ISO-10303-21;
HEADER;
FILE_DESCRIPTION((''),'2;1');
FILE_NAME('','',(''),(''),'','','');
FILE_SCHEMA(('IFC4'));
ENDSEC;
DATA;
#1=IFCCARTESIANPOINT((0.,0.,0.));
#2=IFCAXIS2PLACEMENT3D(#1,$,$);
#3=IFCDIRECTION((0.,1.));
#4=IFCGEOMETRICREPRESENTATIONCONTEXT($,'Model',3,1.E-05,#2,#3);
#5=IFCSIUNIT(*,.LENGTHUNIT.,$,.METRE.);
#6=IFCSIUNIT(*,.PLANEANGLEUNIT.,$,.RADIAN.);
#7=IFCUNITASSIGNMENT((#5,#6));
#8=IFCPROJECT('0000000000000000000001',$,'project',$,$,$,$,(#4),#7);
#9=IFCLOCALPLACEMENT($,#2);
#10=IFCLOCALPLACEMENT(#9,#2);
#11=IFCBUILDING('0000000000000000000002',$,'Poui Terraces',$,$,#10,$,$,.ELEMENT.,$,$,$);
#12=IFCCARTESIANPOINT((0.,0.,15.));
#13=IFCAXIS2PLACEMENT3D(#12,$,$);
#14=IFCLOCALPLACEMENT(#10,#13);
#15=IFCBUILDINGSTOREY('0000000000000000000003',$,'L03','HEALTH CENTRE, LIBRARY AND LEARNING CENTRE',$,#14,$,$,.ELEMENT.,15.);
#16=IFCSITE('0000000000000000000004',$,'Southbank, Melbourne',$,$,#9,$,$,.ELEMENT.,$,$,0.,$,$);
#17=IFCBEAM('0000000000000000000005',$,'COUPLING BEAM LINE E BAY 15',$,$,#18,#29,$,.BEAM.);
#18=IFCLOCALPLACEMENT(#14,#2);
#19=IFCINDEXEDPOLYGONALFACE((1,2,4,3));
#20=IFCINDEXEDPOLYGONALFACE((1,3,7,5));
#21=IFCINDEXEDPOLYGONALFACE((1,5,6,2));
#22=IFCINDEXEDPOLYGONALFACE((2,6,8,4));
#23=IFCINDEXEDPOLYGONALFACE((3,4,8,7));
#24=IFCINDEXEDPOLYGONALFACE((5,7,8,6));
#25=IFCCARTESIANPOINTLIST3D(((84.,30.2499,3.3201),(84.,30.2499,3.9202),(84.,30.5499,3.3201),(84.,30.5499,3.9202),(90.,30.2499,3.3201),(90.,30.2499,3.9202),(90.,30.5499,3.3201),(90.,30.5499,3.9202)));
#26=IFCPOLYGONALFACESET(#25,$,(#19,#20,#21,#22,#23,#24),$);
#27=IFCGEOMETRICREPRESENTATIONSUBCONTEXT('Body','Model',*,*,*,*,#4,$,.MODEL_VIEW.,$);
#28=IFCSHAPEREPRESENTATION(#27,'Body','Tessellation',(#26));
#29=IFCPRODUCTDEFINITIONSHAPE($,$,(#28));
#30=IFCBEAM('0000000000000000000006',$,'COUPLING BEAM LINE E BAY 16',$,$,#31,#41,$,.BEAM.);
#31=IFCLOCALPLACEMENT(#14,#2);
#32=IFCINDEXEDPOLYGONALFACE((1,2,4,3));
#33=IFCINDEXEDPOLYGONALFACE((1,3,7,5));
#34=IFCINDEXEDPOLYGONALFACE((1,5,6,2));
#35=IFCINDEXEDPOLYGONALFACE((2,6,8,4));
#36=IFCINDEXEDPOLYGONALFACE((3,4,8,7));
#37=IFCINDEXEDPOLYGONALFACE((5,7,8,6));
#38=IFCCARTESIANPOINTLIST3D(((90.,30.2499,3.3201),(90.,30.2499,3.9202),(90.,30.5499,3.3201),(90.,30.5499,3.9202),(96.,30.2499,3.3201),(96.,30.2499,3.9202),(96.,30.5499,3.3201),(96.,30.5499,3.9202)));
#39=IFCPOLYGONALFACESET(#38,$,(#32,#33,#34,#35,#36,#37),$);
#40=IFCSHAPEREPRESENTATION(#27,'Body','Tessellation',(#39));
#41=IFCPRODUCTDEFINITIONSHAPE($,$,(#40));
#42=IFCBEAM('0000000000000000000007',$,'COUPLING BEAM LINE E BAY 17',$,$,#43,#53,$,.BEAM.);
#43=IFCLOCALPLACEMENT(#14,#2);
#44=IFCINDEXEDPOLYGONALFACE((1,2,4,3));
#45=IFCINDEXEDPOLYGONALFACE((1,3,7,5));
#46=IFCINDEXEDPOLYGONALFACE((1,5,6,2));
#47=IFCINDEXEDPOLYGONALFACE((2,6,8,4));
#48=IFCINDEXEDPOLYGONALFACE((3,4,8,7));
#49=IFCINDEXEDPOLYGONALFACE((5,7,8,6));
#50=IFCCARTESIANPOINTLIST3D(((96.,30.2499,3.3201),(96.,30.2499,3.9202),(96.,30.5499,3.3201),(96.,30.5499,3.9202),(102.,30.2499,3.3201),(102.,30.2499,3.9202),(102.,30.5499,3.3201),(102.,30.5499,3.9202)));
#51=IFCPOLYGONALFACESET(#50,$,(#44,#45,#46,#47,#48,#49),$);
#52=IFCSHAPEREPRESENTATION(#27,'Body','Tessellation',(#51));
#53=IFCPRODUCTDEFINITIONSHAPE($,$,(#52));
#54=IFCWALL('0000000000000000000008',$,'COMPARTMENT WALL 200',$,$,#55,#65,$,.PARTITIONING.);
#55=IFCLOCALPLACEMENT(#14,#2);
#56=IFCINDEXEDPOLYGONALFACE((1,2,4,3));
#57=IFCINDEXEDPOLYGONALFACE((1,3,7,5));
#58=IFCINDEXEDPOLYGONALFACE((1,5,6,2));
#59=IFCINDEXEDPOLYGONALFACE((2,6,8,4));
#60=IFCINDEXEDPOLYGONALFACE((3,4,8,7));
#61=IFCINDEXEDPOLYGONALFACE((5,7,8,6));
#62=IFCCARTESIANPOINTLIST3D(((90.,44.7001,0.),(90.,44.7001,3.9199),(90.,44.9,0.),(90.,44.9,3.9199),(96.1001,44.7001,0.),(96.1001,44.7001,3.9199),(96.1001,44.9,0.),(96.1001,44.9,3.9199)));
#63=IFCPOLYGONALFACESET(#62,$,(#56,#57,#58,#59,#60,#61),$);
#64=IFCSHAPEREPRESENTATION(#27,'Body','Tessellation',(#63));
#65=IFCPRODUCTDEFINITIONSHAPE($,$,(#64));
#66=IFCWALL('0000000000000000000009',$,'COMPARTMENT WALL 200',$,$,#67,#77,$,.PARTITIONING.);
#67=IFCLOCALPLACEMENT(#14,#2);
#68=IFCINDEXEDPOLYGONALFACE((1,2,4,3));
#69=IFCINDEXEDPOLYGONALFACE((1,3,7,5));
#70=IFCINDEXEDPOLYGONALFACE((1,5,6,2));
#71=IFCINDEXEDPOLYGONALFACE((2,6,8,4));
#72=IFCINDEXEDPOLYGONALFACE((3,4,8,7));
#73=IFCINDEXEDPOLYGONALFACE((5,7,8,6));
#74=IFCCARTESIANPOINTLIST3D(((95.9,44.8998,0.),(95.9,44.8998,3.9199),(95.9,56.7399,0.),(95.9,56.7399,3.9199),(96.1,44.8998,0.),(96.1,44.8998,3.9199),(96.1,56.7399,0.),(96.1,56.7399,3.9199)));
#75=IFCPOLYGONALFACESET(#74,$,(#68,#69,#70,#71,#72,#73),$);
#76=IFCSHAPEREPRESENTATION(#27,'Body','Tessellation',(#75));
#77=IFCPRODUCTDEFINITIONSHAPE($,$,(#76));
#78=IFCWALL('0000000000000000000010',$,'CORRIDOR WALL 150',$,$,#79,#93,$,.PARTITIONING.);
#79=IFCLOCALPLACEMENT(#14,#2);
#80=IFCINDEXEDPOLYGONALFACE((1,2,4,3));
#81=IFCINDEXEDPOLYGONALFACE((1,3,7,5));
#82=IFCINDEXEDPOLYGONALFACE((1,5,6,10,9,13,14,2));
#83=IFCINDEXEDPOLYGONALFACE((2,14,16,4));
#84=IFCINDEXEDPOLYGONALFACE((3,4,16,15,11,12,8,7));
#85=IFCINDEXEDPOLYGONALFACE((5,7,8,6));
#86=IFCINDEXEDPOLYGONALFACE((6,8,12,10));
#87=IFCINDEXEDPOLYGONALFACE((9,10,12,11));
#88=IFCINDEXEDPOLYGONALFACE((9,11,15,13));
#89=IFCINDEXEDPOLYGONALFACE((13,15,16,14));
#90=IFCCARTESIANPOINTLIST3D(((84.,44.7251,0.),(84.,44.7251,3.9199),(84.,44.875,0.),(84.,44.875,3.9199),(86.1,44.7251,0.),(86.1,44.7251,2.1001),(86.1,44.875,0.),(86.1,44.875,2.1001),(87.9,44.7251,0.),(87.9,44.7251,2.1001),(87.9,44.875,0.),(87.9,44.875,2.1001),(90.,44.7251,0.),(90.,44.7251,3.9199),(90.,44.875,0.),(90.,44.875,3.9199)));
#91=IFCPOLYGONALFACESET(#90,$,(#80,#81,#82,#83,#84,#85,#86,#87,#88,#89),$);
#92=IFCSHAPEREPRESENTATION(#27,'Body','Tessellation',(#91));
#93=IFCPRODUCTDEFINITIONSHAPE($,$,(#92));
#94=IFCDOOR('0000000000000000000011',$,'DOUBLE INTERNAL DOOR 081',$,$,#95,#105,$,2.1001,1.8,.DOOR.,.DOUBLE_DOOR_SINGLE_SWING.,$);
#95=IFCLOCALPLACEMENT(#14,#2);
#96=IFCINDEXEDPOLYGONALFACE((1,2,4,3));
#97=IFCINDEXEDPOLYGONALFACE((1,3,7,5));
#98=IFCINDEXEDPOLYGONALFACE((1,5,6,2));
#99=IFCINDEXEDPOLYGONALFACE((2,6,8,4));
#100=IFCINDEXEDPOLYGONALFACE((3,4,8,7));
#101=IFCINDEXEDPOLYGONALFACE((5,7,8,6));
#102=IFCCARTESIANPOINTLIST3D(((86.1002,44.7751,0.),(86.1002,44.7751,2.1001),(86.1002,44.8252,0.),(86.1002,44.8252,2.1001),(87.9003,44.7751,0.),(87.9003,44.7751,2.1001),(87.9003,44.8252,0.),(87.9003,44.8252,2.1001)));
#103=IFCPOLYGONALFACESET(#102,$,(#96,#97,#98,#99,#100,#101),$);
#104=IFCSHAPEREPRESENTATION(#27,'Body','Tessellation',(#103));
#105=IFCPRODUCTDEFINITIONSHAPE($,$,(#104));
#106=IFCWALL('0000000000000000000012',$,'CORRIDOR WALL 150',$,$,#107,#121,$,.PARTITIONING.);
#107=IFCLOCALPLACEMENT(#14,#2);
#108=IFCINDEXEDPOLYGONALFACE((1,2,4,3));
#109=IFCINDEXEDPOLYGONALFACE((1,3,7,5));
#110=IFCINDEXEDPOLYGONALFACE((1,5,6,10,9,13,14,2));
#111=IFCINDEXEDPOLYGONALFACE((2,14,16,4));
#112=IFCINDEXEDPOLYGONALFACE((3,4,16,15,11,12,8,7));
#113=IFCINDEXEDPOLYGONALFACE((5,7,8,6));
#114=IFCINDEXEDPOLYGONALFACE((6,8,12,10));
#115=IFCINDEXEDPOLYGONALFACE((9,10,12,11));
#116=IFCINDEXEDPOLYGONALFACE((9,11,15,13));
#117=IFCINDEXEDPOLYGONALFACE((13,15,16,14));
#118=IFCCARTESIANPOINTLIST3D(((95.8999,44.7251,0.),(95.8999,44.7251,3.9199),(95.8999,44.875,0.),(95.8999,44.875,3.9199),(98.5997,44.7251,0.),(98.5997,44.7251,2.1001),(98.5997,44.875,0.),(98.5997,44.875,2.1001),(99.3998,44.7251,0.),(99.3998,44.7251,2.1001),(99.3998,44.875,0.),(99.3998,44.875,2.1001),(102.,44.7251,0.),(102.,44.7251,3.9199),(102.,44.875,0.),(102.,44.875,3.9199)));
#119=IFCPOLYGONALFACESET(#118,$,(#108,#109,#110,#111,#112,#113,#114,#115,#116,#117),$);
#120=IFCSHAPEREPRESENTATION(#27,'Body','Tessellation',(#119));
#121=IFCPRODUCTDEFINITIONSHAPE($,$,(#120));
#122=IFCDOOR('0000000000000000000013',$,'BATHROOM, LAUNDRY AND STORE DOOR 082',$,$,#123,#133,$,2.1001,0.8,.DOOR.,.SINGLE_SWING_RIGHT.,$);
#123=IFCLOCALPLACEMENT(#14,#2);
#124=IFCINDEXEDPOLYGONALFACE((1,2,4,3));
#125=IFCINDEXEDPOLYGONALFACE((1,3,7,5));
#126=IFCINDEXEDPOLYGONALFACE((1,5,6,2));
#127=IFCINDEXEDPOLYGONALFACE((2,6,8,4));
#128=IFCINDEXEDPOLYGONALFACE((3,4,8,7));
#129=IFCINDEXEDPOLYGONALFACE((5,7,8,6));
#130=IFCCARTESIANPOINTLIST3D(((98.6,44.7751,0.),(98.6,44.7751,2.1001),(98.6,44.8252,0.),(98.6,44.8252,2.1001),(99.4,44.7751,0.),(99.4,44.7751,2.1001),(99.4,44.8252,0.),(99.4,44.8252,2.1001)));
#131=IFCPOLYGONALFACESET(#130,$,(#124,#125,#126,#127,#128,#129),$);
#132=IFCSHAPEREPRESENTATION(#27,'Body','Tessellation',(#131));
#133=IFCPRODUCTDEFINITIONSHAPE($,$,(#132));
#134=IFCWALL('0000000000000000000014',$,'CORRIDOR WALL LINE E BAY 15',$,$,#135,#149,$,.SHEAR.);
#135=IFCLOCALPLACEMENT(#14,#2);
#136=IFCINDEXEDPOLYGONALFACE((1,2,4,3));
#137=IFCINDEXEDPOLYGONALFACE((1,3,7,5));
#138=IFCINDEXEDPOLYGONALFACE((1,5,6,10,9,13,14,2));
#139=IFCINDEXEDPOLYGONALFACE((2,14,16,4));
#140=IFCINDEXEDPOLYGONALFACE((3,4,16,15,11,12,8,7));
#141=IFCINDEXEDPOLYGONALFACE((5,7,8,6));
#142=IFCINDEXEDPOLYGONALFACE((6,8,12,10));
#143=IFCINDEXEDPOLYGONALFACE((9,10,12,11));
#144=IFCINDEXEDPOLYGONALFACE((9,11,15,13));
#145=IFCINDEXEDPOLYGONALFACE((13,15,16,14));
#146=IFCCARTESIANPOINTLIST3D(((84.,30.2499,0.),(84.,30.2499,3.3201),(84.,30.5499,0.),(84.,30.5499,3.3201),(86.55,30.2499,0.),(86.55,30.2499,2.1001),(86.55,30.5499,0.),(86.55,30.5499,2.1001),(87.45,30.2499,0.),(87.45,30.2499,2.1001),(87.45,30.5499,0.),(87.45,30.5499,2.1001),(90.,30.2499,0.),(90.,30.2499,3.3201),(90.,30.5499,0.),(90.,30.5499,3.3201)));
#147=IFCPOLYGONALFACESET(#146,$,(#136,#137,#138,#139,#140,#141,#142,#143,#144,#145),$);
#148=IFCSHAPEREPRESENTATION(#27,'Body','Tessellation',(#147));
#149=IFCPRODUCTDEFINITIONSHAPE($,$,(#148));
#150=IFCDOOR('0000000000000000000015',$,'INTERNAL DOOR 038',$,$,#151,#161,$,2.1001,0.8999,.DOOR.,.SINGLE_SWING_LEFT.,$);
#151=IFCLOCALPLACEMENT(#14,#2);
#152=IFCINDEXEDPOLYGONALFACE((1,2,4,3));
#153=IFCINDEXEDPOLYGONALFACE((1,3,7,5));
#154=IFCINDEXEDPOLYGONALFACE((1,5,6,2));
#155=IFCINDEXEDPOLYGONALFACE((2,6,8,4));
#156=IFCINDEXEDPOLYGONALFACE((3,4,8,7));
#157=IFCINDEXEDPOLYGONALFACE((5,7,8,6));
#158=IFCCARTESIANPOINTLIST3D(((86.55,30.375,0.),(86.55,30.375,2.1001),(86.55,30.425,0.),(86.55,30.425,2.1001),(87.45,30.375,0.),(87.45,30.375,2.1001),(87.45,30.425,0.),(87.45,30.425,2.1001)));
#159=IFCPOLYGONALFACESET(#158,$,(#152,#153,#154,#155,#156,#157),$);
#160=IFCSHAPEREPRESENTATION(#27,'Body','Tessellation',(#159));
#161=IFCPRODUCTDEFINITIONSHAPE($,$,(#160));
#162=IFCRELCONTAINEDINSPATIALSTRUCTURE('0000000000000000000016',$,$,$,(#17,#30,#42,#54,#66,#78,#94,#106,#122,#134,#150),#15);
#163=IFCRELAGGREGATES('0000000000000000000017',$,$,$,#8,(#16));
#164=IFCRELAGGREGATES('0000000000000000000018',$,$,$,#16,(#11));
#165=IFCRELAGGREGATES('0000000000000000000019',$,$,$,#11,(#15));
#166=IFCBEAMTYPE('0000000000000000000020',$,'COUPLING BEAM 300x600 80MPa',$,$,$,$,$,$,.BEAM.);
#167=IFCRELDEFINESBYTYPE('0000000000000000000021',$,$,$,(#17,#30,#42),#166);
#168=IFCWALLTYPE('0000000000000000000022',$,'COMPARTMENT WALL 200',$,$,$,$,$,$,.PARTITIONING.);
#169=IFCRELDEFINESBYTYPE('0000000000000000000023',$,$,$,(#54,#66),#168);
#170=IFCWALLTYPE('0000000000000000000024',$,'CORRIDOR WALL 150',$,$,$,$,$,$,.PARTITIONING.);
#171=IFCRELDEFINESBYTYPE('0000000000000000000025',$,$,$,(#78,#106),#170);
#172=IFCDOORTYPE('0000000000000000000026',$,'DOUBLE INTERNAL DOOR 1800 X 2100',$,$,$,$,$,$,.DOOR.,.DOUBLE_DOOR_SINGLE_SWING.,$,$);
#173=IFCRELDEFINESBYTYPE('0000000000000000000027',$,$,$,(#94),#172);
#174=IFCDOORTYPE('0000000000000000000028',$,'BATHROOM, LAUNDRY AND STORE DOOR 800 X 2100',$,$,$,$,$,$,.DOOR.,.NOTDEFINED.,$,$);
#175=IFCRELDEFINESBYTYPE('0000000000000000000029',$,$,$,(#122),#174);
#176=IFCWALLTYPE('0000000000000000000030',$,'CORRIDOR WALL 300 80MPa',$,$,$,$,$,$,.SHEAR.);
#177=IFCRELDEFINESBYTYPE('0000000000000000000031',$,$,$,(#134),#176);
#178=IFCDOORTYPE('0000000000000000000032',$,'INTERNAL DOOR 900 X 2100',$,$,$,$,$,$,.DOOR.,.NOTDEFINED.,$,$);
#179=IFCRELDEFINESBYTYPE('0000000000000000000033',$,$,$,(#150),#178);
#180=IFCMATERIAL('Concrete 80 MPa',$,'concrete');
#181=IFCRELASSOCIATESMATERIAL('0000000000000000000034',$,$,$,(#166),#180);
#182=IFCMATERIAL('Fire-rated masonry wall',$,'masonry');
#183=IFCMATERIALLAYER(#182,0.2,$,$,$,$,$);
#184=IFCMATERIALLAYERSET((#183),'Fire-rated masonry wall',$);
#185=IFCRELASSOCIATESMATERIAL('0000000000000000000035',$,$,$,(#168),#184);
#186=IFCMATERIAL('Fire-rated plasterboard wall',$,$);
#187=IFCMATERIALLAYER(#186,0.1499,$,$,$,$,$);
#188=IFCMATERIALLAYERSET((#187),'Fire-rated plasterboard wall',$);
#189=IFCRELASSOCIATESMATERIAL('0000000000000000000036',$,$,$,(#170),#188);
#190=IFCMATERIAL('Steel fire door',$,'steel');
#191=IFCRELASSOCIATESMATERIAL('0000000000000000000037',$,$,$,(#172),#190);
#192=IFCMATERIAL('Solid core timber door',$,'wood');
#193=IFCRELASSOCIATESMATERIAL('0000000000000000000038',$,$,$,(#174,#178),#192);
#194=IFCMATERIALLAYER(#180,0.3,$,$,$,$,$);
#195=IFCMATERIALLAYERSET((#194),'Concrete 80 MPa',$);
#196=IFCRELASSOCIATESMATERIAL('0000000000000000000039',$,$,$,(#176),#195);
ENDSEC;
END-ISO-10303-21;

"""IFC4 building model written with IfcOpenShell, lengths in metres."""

from ifc_helpers import new_model, si_unit, direction, frame, frame_2d, origin, origin_2d, place, context, subcontext, project, spatial, rectangle, extrude, source, transform, mapped, material, layer, layer_set, material_profile, profile_set, type_object, element, fill, save


model = new_model("IFC4")

# Units and contexts
model_context = context("Model", 3, precision=1e-05, world=origin(), true_north=direction((0.0, 1.0)))
body_context = subcontext(model_context, "Body", "Model", "MODEL_VIEW")
ifc_project = project(units=[si_unit("LENGTHUNIT", "METRE"), si_unit("PLANEANGLEUNIT", "RADIAN")], contexts=[model_context])

# Site, building, storey
site_placement = place(None, origin())
site = spatial("IfcSite", under=ifc_project, at=site_placement, Name="Southbank, Melbourne", CompositionType="ELEMENT", RefElevation=0.0)
building_placement = place(site_placement, origin())
building = spatial("IfcBuilding", under=site, at=building_placement, Name="Poui Terraces", CompositionType="ELEMENT")
storey_placement = place(building_placement, frame((0.0, 0.0, 15.0)))
storey = spatial("IfcBuildingStorey", under=building, at=storey_placement, Name="L03", Description="HEALTH CENTRE, LIBRARY AND LEARNING CENTRE", CompositionType="ELEMENT", Elevation=15.0)

# Beams
ifc_material_1 = material(Name="Concrete 80 MPa", Category="concrete")
ifc_material_profile = material_profile(ifc_material_1, rectangle(XDim=0.3, YDim=0.6001, at=origin_2d()), Name="RC 300x600")
ifc_profile_set = profile_set([ifc_material_profile], Name="Concrete 80 MPa")
beam_type = type_object("IfcBeamType", Name="COUPLING BEAM 300x600 80MPa", PredefinedType="BEAM", material=ifc_profile_set)
shared_shape = source(origin(), body_context, "Body", "SweptSolid", [
    extrude(rectangle(XDim=0.3, YDim=0.6001, at=origin_2d()), origin(), (0.0, 0.0, 1.0), 6.0),
])
for number, where, z_axis, x_axis, name in (
    (1, (84.0, 30.3999, 3.6201), (1.0, 0.0, 0.0), (0.0, 1.0, 0.0), "COUPLING BEAM LINE E BAY 15"),
    (2, (90.0, 30.3999, 3.6201), (1.0, 0.0, 0.0), (0.0, 1.0, 0.0), "COUPLING BEAM LINE E BAY 16"),
    (3, (96.0, 30.3999, 3.6201), (1.0, 0.0, 0.0), (0.0, 1.0, 0.0), "COUPLING BEAM LINE E BAY 17"),
):
    element("IfcBeam", number, at=place(storey_placement, frame(where, z_axis=z_axis, x_axis=x_axis)), inside=storey, type_object=beam_type, Name=name, PredefinedType="BEAM", context=body_context, shape_type="MappedRepresentation", body=[
        mapped(shared_shape, transform((0.0, 0.0, 0.0))),
    ])

# Walls
ifc_material_2 = material(Name="Fire-rated masonry wall", Category="masonry")
ifc_layer_1 = layer(ifc_material_2, 0.2)
ifc_layer_set_1 = layer_set([ifc_layer_1], Name="Fire-rated masonry wall")
wall_type_1 = type_object("IfcWallType", Name="COMPARTMENT WALL 200", PredefinedType="PARTITIONING", material=ifc_layer_set_1)
wall_1_placement = place(storey_placement, frame((90.0, 44.8, 0.0), z_axis=(0.0, 0.0, 1.0), x_axis=(1.0, 0.0, 0.0)))
element("IfcWall", 4, at=wall_1_placement, inside=storey, type_object=wall_type_1, Name="COMPARTMENT WALL 200", PredefinedType="PARTITIONING", context=body_context, shape_type="SweptSolid", body=[
    extrude(rectangle(XDim=6.1001, YDim=0.2, at=frame_2d((3.05, 0.0))), origin(), (0.0, 0.0, 1.0), 3.9199),
])
wall_2_placement = place(storey_placement, frame((96.0, 44.8999, 0.0), z_axis=(0.0, 0.0, 1.0), x_axis=(0.0, 1.0, 0.0)))
element("IfcWall", 5, at=wall_2_placement, inside=storey, type_object=wall_type_1, Name="COMPARTMENT WALL 200", PredefinedType="PARTITIONING", context=body_context, shape_type="SweptSolid", body=[
    extrude(rectangle(XDim=11.8401, YDim=0.2, at=frame_2d((5.9199, 0.0))), origin(), (0.0, 0.0, 1.0), 3.9199),
])

# Walls, openings, doors
ifc_material_3 = material(Name="Fire-rated plasterboard wall")
ifc_layer_2 = layer(ifc_material_3, 0.1499)
ifc_layer_set_2 = layer_set([ifc_layer_2], Name="Fire-rated plasterboard wall")
wall_type_2 = type_object("IfcWallType", Name="CORRIDOR WALL 150", PredefinedType="PARTITIONING", material=ifc_layer_set_2)
wall_3_placement = place(storey_placement, frame((84.0, 44.8, 0.0), z_axis=(0.0, 0.0, 1.0), x_axis=(1.0, 0.0, 0.0)))
wall_3 = element("IfcWall", 6, at=wall_3_placement, inside=storey, type_object=wall_type_2, Name="CORRIDOR WALL 150", PredefinedType="PARTITIONING", context=body_context, shape_type="SweptSolid", body=[
    extrude(rectangle(XDim=6.0, YDim=0.1499, at=frame_2d((3.0, 0.0))), origin(), (0.0, 0.0, 1.0), 3.9199),
])
opening_1_placement = place(wall_3_placement, frame((2.1001, 0.0, 0.0)))
opening_1 = element("IfcOpeningElement", 7, at=opening_1_placement, cuts=wall_3, PredefinedType="OPENING", context=body_context, shape_type="SweptSolid", body=[
    extrude(rectangle(XDim=1.8, YDim=2.1001, at=frame_2d((0.8999, 1.05))), frame((0.0, 0.085, 0.0), z_axis=(0.0, -1.0, 0.0), x_axis=(1.0, 0.0, 0.0)), (0.0, 0.0, 1.0), 0.1699),
])
ifc_material_4 = material(Name="Steel fire door", Category="steel")
door_type_1 = type_object("IfcDoorType", Name="DOUBLE INTERNAL DOOR 1800 X 2100", OperationType="DOUBLE_DOOR_SINGLE_SWING", PredefinedType="DOOR", material=ifc_material_4)
door_1_placement = place(opening_1_placement, frame((1.8, 0.0, 0.0), z_axis=(0.0, 0.0, 1.0), x_axis=(-1.0, 0.0, 0.0)))
door_1 = element("IfcDoor", 8, at=door_1_placement, inside=storey, type_object=door_type_1, Name="DOUBLE INTERNAL DOOR 081", OperationType="DOUBLE_DOOR_SINGLE_SWING", OverallHeight=2.1001, OverallWidth=1.8, PredefinedType="DOOR", context=body_context, shape_type="SweptSolid", body=[
    extrude(rectangle(XDim=1.8, YDim=2.1001, at=frame_2d((0.8999, 1.05))), frame((0.0, 0.0249, 0.0), z_axis=(0.0, -1.0, 0.0), x_axis=(1.0, 0.0, 0.0)), (0.0, 0.0, 1.0), 0.05),
])
fill(opening_1, door_1)
wall_4_placement = place(storey_placement, frame((95.8999, 44.8, 0.0), z_axis=(0.0, 0.0, 1.0), x_axis=(1.0, 0.0, 0.0)))
wall_4 = element("IfcWall", 9, at=wall_4_placement, inside=storey, type_object=wall_type_2, Name="CORRIDOR WALL 150", PredefinedType="PARTITIONING", context=body_context, shape_type="SweptSolid", body=[
    extrude(rectangle(XDim=6.1001, YDim=0.1499, at=frame_2d((3.05, 0.0))), origin(), (0.0, 0.0, 1.0), 3.9199),
])
opening_2_placement = place(wall_4_placement, frame((2.7, 0.0, 0.0)))
opening_2 = element("IfcOpeningElement", 10, at=opening_2_placement, cuts=wall_4, PredefinedType="OPENING", context=body_context, shape_type="SweptSolid", body=[
    extrude(rectangle(XDim=0.8, YDim=2.1001, at=frame_2d((0.3999, 1.05))), frame((0.0, 0.085, 0.0), z_axis=(0.0, -1.0, 0.0), x_axis=(1.0, 0.0, 0.0)), (0.0, 0.0, 1.0), 0.1699),
])
ifc_material_5 = material(Name="Solid core timber door", Category="wood")
door_type_2 = type_object("IfcDoorType", Name="BATHROOM, LAUNDRY AND STORE DOOR 800 X 2100", OperationType="NOTDEFINED", PredefinedType="DOOR", material=ifc_material_5)
door_2_placement = place(opening_2_placement, frame((0.8, 0.0, 0.0), z_axis=(0.0, 0.0, 1.0), x_axis=(-1.0, 0.0, 0.0)))
door_2 = element("IfcDoor", 11, at=door_2_placement, inside=storey, type_object=door_type_2, Name="BATHROOM, LAUNDRY AND STORE DOOR 082", OperationType="SINGLE_SWING_RIGHT", OverallHeight=2.1001, OverallWidth=0.8, PredefinedType="DOOR", context=body_context, shape_type="SweptSolid", body=[
    extrude(rectangle(XDim=0.8, YDim=2.1001, at=frame_2d((0.3999, 1.05))), frame((0.0, 0.0249, 0.0), z_axis=(0.0, -1.0, 0.0), x_axis=(1.0, 0.0, 0.0)), (0.0, 0.0, 1.0), 0.05),
])
fill(opening_2, door_2)
ifc_layer_3 = layer(ifc_material_1, 0.3)
ifc_layer_set_3 = layer_set([ifc_layer_3], Name="Concrete 80 MPa")
wall_type_3 = type_object("IfcWallType", Name="CORRIDOR WALL 300 80MPa", PredefinedType="SHEAR", material=ifc_layer_set_3)
wall_5_placement = place(storey_placement, frame((84.0, 30.3999, 0.0), z_axis=(0.0, 0.0, 1.0), x_axis=(1.0, 0.0, 0.0)))
wall_5 = element("IfcWall", 12, at=wall_5_placement, inside=storey, type_object=wall_type_3, Name="CORRIDOR WALL LINE E BAY 15", PredefinedType="SHEAR", context=body_context, shape_type="SweptSolid", body=[
    extrude(rectangle(XDim=6.0, YDim=0.3, at=frame_2d((3.0, 0.0))), origin(), (0.0, 0.0, 1.0), 3.3201),
])
opening_3_placement = place(wall_5_placement, frame((2.55, 0.0, 0.0)))
opening_3 = element("IfcOpeningElement", 13, at=opening_3_placement, cuts=wall_5, PredefinedType="OPENING", context=body_context, shape_type="SweptSolid", body=[
    extrude(rectangle(XDim=0.8999, YDim=2.1001, at=frame_2d((0.45, 1.05))), frame((0.0, 0.1602, 0.0), z_axis=(0.0, -1.0, 0.0), x_axis=(1.0, 0.0, 0.0)), (0.0, 0.0, 1.0), 0.3201),
])
door_type_3 = type_object("IfcDoorType", Name="INTERNAL DOOR 900 X 2100", OperationType="NOTDEFINED", PredefinedType="DOOR", material=ifc_material_5)
door_3_placement = place(opening_3_placement, frame((0.8999, 0.0, 0.0), z_axis=(0.0, 0.0, 1.0), x_axis=(-1.0, 0.0, 0.0)))
door_3 = element("IfcDoor", 14, at=door_3_placement, inside=storey, type_object=door_type_3, Name="INTERNAL DOOR 038", OperationType="SINGLE_SWING_LEFT", OverallHeight=2.1001, OverallWidth=0.8999, PredefinedType="DOOR", context=body_context, shape_type="SweptSolid", body=[
    extrude(rectangle(XDim=0.8999, YDim=2.1001, at=frame_2d((0.45, 1.05))), frame((0.0, 0.0249, 0.0), z_axis=(0.0, -1.0, 0.0), x_axis=(1.0, 0.0, 0.0)), (0.0, 0.0, 1.0), 0.05),
])
fill(opening_3, door_3)

save(model, "model.ifc")
